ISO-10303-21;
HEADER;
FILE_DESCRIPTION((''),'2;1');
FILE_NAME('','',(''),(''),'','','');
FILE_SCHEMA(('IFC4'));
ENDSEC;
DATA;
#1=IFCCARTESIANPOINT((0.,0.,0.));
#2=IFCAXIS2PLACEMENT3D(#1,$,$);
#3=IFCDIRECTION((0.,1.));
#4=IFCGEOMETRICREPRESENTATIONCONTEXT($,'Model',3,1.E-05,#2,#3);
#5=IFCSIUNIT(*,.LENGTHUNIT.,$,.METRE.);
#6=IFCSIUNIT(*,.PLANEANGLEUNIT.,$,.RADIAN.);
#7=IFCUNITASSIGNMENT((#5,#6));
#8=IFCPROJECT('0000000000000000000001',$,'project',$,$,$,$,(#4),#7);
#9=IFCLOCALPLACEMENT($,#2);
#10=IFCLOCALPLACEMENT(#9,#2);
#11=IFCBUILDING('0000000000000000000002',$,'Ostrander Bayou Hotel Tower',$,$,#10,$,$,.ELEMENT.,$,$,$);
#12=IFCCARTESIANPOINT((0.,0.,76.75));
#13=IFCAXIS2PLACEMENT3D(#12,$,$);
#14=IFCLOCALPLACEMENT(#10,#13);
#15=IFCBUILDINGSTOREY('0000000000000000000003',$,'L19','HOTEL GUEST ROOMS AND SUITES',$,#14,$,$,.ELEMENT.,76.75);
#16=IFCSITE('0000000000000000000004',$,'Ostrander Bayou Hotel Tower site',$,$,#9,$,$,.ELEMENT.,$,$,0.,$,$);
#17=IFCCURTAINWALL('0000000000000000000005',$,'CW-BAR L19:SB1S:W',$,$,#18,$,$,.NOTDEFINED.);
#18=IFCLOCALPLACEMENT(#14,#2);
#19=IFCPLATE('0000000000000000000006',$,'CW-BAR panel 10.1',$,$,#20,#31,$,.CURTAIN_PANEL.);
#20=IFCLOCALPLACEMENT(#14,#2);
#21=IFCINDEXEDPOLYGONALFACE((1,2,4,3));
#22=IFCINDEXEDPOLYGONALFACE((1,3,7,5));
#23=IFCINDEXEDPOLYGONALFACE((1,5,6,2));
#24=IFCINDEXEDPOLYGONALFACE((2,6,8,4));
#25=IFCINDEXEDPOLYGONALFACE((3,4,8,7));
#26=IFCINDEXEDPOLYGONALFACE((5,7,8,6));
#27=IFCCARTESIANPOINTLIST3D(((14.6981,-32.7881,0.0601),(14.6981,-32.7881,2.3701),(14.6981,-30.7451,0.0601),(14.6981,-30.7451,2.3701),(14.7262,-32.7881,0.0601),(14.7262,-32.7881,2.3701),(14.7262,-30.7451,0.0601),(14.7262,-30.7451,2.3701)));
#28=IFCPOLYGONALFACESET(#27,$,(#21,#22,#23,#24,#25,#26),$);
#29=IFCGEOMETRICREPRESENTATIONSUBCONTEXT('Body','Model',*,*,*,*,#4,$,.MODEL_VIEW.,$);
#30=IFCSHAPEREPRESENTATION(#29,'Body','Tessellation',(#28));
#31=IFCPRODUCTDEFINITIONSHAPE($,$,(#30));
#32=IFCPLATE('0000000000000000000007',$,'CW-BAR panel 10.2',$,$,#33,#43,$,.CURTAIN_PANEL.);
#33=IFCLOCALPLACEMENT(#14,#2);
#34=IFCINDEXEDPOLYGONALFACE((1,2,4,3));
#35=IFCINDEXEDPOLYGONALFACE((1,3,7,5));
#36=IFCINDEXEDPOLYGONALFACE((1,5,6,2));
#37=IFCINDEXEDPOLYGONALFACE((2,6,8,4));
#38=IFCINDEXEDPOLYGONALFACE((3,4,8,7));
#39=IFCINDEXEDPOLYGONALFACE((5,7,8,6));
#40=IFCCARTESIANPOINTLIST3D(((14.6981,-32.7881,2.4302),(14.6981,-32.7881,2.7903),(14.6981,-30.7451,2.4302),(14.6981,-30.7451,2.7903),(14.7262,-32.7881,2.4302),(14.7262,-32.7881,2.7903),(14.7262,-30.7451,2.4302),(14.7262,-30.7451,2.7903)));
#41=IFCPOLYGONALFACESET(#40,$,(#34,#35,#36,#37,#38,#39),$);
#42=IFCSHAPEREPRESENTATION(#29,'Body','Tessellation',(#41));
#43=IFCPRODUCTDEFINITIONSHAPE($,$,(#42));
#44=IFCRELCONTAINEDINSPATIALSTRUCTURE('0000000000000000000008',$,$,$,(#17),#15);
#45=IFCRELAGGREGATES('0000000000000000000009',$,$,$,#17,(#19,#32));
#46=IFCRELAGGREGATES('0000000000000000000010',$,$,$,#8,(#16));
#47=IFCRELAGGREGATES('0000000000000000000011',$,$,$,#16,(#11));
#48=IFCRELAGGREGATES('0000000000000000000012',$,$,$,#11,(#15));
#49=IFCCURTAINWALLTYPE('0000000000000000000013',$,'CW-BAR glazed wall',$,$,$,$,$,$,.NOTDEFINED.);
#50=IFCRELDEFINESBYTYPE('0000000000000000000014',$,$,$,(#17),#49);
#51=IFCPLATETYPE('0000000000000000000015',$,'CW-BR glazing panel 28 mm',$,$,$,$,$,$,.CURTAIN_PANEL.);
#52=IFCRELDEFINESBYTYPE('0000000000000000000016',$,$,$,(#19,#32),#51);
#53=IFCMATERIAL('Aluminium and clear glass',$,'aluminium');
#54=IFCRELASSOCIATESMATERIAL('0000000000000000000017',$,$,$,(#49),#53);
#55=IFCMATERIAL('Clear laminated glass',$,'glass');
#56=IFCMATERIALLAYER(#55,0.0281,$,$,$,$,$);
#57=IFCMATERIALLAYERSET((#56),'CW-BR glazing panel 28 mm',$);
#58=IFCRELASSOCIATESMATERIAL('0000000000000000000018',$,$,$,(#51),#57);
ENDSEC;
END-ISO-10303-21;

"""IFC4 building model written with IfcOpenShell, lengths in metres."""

from ifc_helpers import new_model, si_unit, direction, frame, origin, origin_2d, place, context, subcontext, project, spatial, rectangle, extrude, material, layer, layer_set, type_object, element, aggregate, save


model = new_model("IFC4")

# Units and contexts
model_context = context("Model", 3, precision=1e-05, world=origin(), true_north=direction((0.0, 1.0)))
body_context = subcontext(model_context, "Body", "Model", "MODEL_VIEW")
ifc_project = project(units=[si_unit("LENGTHUNIT", "METRE"), si_unit("PLANEANGLEUNIT", "RADIAN")], contexts=[model_context])

# Site, building, storey
site_placement = place(None, origin())
site = spatial("IfcSite", under=ifc_project, at=site_placement, Name="Ostrander Bayou Hotel Tower site", CompositionType="ELEMENT", RefElevation=0.0)
building_placement = place(site_placement, origin())
building = spatial("IfcBuilding", under=site, at=building_placement, Name="Ostrander Bayou Hotel Tower", CompositionType="ELEMENT")
storey_placement = place(building_placement, frame((0.0, 0.0, 76.75)))
storey = spatial("IfcBuildingStorey", under=building, at=storey_placement, Name="L19", Description="HOTEL GUEST ROOMS AND SUITES", CompositionType="ELEMENT", Elevation=76.75)

# Curtain wall
ifc_material_1 = material(Name="Aluminium and clear glass", Category="aluminium")
curtain_wall_type = type_object("IfcCurtainWallType", Name="CW-BAR glazed wall", PredefinedType="NOTDEFINED", material=ifc_material_1)
curtain_wall_1_placement = place(storey_placement, origin())
curtain_wall_1 = element("IfcCurtainWall", 1, at=curtain_wall_1_placement, inside=storey, type_object=curtain_wall_type, Name="CW-BAR L19:SB1S:W", PredefinedType="NOTDEFINED")

# Plates
ifc_material_2 = material(Name="Clear laminated glass", Category="glass")
ifc_layer = layer(ifc_material_2, 0.0281)
ifc_layer_set = layer_set([ifc_layer], Name="CW-BR glazing panel 28 mm")
plate_type = type_object("IfcPlateType", Name="CW-BR glazing panel 28 mm", PredefinedType="CURTAIN_PANEL", material=ifc_layer_set)
plate_1_placement = place(storey_placement, frame((14.7122, -31.7666, 0.0601), z_axis=(0.0, 0.0, 1.0), x_axis=(0.0, -1.0, 0.0)))
plate_1 = element("IfcPlate", 2, at=plate_1_placement, type_object=plate_type, Name="CW-BAR panel 10.1", PredefinedType="CURTAIN_PANEL", context=body_context, shape_type="SweptSolid", body=[
    extrude(rectangle(XDim=2.043, YDim=0.0281, at=origin_2d()), origin(), (0.0, 0.0, 1.0), 2.3101),
])
plate_2_placement = place(storey_placement, frame((14.7122, -31.7666, 2.4302), z_axis=(0.0, 0.0, 1.0), x_axis=(0.0, -1.0, 0.0)))
plate_2 = element("IfcPlate", 3, at=plate_2_placement, type_object=plate_type, Name="CW-BAR panel 10.2", PredefinedType="CURTAIN_PANEL", context=body_context, shape_type="SweptSolid", body=[
    extrude(rectangle(XDim=2.043, YDim=0.0281, at=origin_2d()), origin(), (0.0, 0.0, 1.0), 0.3601),
])
aggregate(curtain_wall_1, [plate_1, plate_2])

save(model, "model.ifc")
